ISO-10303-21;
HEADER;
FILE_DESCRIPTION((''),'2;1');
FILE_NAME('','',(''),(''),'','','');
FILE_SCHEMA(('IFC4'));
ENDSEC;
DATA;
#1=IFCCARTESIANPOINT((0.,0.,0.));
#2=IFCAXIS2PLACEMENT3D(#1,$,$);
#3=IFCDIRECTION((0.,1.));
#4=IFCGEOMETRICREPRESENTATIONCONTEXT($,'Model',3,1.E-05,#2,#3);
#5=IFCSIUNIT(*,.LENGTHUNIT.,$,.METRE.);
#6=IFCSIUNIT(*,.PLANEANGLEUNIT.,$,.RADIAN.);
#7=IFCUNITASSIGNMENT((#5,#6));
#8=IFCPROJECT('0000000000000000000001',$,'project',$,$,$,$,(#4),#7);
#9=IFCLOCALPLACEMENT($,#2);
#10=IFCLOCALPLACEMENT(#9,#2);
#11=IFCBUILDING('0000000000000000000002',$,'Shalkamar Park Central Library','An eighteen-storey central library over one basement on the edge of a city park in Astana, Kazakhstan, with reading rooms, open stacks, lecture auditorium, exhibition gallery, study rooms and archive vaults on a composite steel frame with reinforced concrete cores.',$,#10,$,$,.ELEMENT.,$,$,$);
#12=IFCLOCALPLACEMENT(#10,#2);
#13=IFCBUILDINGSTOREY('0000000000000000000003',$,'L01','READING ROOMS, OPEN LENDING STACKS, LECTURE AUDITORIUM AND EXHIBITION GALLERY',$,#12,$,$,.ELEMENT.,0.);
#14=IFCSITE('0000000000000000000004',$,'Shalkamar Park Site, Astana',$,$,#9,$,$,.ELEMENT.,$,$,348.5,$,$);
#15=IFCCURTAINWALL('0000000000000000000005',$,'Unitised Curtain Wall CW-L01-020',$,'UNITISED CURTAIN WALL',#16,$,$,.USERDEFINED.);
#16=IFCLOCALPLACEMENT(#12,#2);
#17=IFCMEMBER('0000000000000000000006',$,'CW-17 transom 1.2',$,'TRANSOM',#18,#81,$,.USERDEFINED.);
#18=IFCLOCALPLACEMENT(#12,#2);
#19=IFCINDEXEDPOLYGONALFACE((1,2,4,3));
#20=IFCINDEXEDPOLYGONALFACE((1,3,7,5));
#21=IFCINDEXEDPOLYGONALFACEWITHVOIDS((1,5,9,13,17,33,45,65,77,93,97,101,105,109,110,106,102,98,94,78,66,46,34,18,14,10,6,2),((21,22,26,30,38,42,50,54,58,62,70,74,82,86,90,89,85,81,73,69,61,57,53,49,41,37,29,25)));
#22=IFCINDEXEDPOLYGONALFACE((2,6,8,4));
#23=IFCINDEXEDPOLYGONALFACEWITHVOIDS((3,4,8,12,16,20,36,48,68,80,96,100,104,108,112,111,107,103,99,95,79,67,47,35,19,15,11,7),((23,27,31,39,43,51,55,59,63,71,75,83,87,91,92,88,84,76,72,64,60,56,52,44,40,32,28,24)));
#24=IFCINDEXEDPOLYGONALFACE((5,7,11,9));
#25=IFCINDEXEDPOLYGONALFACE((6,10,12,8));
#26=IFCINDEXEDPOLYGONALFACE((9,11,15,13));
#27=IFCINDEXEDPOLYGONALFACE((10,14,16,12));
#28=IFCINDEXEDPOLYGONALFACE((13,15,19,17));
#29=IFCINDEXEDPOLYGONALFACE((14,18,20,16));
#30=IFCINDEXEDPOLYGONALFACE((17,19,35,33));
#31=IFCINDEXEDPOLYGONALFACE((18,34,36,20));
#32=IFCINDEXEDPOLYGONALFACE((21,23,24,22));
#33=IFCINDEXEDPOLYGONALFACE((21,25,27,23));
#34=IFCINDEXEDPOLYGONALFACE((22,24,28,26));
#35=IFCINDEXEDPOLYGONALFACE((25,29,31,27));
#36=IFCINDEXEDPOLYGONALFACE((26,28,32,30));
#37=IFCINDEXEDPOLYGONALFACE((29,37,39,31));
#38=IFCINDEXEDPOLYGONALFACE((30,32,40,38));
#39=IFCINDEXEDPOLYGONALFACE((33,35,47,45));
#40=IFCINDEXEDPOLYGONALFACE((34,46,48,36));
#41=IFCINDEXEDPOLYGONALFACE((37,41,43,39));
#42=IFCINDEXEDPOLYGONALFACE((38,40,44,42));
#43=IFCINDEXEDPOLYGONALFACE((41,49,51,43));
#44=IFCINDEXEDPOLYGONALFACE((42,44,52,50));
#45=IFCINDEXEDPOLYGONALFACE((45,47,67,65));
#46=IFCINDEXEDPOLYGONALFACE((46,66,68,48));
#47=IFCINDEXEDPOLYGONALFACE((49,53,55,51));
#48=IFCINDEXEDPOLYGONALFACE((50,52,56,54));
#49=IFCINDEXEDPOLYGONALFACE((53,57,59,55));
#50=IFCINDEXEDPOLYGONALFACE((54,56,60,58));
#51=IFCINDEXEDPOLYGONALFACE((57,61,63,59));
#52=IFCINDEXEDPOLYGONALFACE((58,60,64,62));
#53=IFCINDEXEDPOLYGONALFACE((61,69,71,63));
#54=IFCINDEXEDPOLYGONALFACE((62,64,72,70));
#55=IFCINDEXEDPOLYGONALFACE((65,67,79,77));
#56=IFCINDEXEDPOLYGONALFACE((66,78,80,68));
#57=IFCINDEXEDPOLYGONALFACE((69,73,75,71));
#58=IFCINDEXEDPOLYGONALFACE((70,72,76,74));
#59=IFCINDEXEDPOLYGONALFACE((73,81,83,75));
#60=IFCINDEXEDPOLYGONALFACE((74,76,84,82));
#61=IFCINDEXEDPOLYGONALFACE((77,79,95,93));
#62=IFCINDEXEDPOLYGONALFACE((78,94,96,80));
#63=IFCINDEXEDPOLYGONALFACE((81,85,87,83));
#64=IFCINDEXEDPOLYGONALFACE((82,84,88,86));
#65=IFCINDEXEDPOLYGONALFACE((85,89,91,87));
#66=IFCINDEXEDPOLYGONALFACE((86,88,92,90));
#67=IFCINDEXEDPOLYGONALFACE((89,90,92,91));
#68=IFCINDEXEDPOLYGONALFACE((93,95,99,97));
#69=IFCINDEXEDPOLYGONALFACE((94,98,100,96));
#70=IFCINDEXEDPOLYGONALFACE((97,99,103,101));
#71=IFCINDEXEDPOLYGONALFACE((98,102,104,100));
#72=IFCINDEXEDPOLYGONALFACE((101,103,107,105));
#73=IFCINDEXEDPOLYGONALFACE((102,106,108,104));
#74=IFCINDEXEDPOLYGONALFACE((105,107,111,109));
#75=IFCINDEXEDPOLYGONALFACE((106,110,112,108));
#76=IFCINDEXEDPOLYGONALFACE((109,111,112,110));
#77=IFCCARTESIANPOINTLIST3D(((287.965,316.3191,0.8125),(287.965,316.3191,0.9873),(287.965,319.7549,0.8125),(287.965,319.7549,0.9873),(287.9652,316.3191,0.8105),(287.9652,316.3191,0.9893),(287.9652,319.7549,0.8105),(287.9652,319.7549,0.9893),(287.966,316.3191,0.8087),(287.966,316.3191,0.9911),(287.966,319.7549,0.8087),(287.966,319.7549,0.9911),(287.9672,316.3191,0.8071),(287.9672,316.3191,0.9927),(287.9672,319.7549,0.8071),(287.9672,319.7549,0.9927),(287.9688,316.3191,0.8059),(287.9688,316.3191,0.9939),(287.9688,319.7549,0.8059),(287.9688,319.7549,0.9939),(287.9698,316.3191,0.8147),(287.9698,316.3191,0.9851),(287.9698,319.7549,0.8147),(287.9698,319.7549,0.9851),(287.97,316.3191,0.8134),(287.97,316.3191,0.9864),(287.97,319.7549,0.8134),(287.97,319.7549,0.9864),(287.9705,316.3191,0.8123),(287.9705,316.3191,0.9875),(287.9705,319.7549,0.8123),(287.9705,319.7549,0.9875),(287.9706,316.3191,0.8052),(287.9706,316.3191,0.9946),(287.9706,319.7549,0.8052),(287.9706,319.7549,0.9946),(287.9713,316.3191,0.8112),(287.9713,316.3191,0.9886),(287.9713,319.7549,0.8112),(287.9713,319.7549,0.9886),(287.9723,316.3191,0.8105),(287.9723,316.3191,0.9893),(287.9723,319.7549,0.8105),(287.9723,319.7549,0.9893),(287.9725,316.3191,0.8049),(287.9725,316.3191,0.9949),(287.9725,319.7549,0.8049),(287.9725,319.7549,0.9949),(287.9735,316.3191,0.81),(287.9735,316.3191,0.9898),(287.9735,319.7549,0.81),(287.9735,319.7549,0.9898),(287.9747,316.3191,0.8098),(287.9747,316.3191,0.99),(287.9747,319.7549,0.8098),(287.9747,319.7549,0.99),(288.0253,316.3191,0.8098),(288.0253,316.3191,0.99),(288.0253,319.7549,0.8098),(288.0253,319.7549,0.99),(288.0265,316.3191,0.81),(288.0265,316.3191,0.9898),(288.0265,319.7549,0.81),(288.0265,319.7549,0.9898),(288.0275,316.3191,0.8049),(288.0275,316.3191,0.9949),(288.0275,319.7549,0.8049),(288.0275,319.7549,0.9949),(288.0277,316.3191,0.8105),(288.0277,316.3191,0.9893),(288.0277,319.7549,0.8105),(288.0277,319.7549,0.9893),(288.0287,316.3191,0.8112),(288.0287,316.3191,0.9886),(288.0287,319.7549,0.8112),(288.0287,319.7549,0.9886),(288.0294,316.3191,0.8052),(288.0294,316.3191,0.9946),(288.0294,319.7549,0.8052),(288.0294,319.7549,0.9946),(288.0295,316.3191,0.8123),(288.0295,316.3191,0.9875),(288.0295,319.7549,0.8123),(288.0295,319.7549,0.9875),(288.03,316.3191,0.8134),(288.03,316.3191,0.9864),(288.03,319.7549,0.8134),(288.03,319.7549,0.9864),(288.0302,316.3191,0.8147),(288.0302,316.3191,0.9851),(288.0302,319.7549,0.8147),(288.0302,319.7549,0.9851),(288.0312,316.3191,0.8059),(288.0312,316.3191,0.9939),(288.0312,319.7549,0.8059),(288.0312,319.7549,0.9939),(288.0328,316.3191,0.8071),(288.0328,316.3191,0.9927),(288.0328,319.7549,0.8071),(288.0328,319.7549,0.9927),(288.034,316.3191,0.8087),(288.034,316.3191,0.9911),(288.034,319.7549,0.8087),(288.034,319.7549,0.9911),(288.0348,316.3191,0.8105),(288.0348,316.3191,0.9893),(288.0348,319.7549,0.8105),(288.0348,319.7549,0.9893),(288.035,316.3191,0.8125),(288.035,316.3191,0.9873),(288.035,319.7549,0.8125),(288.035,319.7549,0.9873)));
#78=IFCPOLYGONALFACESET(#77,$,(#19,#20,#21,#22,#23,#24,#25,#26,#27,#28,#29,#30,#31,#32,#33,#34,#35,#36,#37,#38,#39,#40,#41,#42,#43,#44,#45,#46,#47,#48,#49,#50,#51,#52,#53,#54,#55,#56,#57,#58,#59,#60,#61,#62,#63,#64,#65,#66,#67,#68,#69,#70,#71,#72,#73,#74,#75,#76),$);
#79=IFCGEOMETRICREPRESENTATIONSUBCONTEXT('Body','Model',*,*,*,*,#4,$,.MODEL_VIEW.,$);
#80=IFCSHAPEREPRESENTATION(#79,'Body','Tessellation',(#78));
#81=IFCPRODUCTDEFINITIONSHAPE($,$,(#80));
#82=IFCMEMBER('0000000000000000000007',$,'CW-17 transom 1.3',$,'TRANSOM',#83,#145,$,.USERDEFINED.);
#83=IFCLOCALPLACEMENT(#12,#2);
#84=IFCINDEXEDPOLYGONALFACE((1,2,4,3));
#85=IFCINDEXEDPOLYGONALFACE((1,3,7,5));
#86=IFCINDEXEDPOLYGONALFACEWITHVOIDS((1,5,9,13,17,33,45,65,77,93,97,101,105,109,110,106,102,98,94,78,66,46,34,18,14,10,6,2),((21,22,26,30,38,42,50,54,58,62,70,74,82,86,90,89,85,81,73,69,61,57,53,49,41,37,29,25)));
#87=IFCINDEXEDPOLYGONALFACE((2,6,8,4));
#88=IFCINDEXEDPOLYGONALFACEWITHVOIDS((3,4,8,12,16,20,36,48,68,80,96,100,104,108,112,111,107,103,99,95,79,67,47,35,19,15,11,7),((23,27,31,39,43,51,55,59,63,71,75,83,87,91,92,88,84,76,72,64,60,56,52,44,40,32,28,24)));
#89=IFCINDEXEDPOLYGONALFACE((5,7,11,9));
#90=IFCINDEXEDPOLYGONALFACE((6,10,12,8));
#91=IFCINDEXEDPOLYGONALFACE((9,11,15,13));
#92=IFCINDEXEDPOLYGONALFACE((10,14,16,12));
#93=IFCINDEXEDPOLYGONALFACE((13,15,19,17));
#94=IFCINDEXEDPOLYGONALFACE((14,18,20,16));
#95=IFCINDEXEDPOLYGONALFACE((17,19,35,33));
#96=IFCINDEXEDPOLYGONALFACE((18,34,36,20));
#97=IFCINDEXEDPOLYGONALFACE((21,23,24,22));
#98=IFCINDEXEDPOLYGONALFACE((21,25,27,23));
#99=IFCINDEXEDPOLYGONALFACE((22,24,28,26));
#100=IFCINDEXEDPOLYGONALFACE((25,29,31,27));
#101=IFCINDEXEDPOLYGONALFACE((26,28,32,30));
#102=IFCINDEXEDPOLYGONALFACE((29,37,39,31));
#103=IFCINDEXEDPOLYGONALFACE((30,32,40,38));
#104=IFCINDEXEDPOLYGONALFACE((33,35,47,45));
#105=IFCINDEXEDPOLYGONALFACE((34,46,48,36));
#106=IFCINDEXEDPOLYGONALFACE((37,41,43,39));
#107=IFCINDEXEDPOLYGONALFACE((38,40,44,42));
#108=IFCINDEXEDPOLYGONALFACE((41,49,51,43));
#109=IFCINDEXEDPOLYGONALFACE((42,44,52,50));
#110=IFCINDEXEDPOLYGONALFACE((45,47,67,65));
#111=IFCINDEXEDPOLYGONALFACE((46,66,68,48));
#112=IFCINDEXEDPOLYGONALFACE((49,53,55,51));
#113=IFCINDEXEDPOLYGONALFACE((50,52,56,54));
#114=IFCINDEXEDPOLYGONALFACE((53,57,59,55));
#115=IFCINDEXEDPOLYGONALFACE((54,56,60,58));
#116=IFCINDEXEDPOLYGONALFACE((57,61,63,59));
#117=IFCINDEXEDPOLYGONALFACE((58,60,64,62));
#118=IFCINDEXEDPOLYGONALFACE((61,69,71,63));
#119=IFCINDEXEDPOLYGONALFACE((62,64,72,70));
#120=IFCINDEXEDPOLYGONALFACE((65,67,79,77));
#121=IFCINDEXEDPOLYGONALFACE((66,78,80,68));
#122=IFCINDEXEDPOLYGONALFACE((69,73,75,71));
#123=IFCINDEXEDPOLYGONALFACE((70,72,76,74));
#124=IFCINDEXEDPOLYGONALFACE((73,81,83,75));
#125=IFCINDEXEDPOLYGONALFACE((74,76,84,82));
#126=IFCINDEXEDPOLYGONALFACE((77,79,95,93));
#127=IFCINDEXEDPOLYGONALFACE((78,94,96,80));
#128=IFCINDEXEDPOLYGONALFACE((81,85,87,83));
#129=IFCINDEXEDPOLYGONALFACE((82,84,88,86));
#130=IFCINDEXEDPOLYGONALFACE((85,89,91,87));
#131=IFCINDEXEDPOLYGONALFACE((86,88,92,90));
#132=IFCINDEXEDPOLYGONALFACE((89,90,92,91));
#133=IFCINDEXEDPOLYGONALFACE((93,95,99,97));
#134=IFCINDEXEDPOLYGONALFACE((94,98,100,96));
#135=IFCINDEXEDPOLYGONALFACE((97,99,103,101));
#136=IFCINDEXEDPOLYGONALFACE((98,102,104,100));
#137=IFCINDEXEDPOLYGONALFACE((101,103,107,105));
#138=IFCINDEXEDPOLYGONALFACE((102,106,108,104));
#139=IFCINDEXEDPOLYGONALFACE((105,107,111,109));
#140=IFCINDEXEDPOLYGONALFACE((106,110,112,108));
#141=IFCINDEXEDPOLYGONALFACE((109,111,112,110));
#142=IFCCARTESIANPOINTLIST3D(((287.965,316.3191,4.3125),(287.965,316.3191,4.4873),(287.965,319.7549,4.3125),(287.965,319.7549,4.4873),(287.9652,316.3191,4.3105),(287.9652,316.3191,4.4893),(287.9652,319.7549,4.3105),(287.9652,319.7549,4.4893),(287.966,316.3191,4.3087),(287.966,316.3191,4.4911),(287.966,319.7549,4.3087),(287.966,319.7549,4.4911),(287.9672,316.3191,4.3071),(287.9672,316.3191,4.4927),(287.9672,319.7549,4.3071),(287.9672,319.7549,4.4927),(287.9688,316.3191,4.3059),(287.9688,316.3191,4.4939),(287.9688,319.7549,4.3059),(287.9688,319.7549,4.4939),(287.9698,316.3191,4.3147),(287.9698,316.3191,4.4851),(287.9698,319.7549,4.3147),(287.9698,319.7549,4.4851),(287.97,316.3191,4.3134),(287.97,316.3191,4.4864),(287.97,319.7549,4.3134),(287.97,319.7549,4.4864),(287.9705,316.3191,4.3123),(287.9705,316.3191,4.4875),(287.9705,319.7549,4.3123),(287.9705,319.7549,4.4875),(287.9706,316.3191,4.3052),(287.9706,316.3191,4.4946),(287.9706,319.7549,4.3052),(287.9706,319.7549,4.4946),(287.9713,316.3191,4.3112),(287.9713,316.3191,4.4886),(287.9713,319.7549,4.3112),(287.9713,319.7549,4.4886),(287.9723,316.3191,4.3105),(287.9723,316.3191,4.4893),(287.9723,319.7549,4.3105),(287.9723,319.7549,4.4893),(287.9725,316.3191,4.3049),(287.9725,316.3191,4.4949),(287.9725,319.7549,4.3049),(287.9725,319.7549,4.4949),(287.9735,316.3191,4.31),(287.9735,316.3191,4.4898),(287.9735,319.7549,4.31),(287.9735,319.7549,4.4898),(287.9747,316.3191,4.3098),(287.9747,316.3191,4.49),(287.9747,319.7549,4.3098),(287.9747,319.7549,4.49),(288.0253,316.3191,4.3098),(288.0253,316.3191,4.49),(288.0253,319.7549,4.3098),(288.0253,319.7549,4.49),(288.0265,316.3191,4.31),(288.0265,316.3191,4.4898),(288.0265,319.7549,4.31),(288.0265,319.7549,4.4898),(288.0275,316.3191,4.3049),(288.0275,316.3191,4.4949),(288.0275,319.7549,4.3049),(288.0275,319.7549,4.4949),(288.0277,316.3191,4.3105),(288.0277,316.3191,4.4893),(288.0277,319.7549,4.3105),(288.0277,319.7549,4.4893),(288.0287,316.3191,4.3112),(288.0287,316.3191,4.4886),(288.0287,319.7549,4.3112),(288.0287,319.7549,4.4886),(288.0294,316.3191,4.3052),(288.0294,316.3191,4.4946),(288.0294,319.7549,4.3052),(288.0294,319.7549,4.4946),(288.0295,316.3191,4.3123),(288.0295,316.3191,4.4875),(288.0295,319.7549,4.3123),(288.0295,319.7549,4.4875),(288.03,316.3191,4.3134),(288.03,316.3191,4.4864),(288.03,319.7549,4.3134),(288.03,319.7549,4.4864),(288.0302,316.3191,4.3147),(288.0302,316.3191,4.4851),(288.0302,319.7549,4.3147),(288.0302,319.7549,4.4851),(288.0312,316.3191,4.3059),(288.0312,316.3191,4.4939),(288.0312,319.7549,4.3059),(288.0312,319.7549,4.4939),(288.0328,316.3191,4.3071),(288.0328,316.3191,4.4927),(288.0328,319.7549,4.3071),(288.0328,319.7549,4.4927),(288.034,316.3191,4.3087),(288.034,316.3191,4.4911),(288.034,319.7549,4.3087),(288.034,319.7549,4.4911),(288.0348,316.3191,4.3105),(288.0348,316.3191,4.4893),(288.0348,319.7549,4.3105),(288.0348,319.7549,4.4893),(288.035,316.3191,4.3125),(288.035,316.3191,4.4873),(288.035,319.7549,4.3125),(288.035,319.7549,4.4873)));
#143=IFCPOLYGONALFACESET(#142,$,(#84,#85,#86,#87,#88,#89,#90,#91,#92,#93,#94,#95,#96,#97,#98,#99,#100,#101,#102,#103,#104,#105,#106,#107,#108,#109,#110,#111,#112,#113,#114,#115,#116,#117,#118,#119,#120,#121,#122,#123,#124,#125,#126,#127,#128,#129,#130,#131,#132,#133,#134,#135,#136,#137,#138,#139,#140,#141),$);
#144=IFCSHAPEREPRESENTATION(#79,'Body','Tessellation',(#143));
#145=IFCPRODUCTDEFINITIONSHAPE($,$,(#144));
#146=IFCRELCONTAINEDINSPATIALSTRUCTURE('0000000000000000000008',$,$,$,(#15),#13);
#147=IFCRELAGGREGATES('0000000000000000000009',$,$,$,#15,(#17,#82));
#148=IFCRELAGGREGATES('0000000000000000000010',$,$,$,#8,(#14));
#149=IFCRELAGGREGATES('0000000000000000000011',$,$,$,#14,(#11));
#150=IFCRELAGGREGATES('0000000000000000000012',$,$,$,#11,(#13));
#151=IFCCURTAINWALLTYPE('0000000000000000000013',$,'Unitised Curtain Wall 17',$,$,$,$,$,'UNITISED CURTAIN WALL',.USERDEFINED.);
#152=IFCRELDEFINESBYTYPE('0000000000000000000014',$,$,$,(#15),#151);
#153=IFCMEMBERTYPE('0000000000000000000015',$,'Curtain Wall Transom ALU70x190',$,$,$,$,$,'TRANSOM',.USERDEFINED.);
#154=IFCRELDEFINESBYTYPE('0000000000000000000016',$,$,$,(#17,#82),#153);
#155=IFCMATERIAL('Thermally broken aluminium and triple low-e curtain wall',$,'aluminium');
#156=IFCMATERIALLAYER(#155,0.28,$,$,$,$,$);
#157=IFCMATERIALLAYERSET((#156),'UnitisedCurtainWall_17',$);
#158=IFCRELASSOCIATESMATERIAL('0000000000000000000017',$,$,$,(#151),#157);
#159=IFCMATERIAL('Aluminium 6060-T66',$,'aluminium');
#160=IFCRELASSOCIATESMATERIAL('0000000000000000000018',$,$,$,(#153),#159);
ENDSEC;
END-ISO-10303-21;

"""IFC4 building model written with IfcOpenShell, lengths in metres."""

from ifc_helpers import new_model, si_unit, direction, frame, origin, origin_2d, place, context, subcontext, project, spatial, hollow_rectangle, extrude, material, layer, layer_set, material_profile, profile_set, type_object, element, aggregate, save


model = new_model("IFC4")

# Units and contexts
model_context = context("Model", 3, precision=1e-05, world=origin(), true_north=direction((0.0, 1.0)))
body_context = subcontext(model_context, "Body", "Model", "MODEL_VIEW")
ifc_project = project(units=[si_unit("LENGTHUNIT", "METRE"), si_unit("PLANEANGLEUNIT", "RADIAN")], contexts=[model_context])

# Site, building, storey
site_placement = place(None, origin())
site = spatial("IfcSite", under=ifc_project, at=site_placement, Name="Shalkamar Park Site, Astana", CompositionType="ELEMENT", RefElevation=348.5)
building_placement = place(site_placement, origin())
building = spatial("IfcBuilding", under=site, at=building_placement, Name="Shalkamar Park Central Library", Description="An eighteen-storey central library over one basement on the edge of a city park in Astana, Kazakhstan, with reading rooms, open stacks, lecture auditorium, exhibition gallery, study rooms and archive vaults on a composite steel frame with reinforced concrete cores.", CompositionType="ELEMENT")
storey_placement = place(building_placement, origin())
storey = spatial("IfcBuildingStorey", under=building, at=storey_placement, Name="L01", Description="READING ROOMS, OPEN LENDING STACKS, LECTURE AUDITORIUM AND EXHIBITION GALLERY", CompositionType="ELEMENT", Elevation=0.0)

# Curtain wall, members
ifc_material_1 = material(Name="Thermally broken aluminium and triple low-e curtain wall", Category="aluminium")
ifc_layer_1 = layer(ifc_material_1, 0.28)
ifc_layer_set_1 = layer_set([ifc_layer_1], Name="UnitisedCurtainWall_17")
curtain_wall_type = type_object("IfcCurtainWallType", Name="Unitised Curtain Wall 17", ElementType="UNITISED CURTAIN WALL", PredefinedType="USERDEFINED", material=ifc_layer_set_1)
curtain_wall_placement = place(storey_placement, origin())
curtain_wall = element("IfcCurtainWall", 1, at=curtain_wall_placement, inside=storey, type_object=curtain_wall_type, Name="Unitised Curtain Wall CW-L01-020", ObjectType="UNITISED CURTAIN WALL", PredefinedType="USERDEFINED")
ifc_material_2 = material(Name="Aluminium 6060-T66", Category="aluminium")
ifc_material_profile_1 = material_profile(ifc_material_2, hollow_rectangle(XDim=0.0701, YDim=0.1899, WallThickness=0.0049, InnerFilletRadius=0.0049, OuterFilletRadius=0.0076, at=origin_2d()), Name="ALU 70x190x5")
ifc_profile_set_1 = profile_set([ifc_material_profile_1], Name="Aluminium 6060-T66")
member_type_1 = type_object("IfcMemberType", Name="Curtain Wall Transom ALU70x190", ElementType="TRANSOM", PredefinedType="USERDEFINED", material=ifc_profile_set_1)
member_1_placement = place(storey_placement, frame((288.0, 316.3191, 0.8999), z_axis=(0.0, 1.0, 0.0), x_axis=(-1.0, 0.0, 0.0)))
member_1 = element("IfcMember", 2, at=member_1_placement, type_object=member_type_1, Name="CW-17 transom 1.2", ObjectType="TRANSOM", PredefinedType="USERDEFINED", context=body_context, shape_type="SweptSolid", body=[
    extrude(hollow_rectangle(XDim=0.0701, YDim=0.1899, WallThickness=0.0049, InnerFilletRadius=0.0049, OuterFilletRadius=0.0076, at=origin_2d()), origin(), (0.0, 0.0, 1.0), 3.4358),
])
member_2_placement = place(storey_placement, frame((288.0, 316.3191, 4.3999), z_axis=(0.0, 1.0, 0.0), x_axis=(-1.0, 0.0, 0.0)))
member_2 = element("IfcMember", 3, at=member_2_placement, type_object=member_type_1, Name="CW-17 transom 1.3", ObjectType="TRANSOM", PredefinedType="USERDEFINED", context=body_context, shape_type="SweptSolid", body=[
    extrude(hollow_rectangle(XDim=0.0701, YDim=0.1899, WallThickness=0.0049, InnerFilletRadius=0.0049, OuterFilletRadius=0.0076, at=origin_2d()), origin(), (0.0, 0.0, 1.0), 3.4358),
])

aggregate(curtain_wall, [member_1, member_2])

save(model, "model.ifc")
